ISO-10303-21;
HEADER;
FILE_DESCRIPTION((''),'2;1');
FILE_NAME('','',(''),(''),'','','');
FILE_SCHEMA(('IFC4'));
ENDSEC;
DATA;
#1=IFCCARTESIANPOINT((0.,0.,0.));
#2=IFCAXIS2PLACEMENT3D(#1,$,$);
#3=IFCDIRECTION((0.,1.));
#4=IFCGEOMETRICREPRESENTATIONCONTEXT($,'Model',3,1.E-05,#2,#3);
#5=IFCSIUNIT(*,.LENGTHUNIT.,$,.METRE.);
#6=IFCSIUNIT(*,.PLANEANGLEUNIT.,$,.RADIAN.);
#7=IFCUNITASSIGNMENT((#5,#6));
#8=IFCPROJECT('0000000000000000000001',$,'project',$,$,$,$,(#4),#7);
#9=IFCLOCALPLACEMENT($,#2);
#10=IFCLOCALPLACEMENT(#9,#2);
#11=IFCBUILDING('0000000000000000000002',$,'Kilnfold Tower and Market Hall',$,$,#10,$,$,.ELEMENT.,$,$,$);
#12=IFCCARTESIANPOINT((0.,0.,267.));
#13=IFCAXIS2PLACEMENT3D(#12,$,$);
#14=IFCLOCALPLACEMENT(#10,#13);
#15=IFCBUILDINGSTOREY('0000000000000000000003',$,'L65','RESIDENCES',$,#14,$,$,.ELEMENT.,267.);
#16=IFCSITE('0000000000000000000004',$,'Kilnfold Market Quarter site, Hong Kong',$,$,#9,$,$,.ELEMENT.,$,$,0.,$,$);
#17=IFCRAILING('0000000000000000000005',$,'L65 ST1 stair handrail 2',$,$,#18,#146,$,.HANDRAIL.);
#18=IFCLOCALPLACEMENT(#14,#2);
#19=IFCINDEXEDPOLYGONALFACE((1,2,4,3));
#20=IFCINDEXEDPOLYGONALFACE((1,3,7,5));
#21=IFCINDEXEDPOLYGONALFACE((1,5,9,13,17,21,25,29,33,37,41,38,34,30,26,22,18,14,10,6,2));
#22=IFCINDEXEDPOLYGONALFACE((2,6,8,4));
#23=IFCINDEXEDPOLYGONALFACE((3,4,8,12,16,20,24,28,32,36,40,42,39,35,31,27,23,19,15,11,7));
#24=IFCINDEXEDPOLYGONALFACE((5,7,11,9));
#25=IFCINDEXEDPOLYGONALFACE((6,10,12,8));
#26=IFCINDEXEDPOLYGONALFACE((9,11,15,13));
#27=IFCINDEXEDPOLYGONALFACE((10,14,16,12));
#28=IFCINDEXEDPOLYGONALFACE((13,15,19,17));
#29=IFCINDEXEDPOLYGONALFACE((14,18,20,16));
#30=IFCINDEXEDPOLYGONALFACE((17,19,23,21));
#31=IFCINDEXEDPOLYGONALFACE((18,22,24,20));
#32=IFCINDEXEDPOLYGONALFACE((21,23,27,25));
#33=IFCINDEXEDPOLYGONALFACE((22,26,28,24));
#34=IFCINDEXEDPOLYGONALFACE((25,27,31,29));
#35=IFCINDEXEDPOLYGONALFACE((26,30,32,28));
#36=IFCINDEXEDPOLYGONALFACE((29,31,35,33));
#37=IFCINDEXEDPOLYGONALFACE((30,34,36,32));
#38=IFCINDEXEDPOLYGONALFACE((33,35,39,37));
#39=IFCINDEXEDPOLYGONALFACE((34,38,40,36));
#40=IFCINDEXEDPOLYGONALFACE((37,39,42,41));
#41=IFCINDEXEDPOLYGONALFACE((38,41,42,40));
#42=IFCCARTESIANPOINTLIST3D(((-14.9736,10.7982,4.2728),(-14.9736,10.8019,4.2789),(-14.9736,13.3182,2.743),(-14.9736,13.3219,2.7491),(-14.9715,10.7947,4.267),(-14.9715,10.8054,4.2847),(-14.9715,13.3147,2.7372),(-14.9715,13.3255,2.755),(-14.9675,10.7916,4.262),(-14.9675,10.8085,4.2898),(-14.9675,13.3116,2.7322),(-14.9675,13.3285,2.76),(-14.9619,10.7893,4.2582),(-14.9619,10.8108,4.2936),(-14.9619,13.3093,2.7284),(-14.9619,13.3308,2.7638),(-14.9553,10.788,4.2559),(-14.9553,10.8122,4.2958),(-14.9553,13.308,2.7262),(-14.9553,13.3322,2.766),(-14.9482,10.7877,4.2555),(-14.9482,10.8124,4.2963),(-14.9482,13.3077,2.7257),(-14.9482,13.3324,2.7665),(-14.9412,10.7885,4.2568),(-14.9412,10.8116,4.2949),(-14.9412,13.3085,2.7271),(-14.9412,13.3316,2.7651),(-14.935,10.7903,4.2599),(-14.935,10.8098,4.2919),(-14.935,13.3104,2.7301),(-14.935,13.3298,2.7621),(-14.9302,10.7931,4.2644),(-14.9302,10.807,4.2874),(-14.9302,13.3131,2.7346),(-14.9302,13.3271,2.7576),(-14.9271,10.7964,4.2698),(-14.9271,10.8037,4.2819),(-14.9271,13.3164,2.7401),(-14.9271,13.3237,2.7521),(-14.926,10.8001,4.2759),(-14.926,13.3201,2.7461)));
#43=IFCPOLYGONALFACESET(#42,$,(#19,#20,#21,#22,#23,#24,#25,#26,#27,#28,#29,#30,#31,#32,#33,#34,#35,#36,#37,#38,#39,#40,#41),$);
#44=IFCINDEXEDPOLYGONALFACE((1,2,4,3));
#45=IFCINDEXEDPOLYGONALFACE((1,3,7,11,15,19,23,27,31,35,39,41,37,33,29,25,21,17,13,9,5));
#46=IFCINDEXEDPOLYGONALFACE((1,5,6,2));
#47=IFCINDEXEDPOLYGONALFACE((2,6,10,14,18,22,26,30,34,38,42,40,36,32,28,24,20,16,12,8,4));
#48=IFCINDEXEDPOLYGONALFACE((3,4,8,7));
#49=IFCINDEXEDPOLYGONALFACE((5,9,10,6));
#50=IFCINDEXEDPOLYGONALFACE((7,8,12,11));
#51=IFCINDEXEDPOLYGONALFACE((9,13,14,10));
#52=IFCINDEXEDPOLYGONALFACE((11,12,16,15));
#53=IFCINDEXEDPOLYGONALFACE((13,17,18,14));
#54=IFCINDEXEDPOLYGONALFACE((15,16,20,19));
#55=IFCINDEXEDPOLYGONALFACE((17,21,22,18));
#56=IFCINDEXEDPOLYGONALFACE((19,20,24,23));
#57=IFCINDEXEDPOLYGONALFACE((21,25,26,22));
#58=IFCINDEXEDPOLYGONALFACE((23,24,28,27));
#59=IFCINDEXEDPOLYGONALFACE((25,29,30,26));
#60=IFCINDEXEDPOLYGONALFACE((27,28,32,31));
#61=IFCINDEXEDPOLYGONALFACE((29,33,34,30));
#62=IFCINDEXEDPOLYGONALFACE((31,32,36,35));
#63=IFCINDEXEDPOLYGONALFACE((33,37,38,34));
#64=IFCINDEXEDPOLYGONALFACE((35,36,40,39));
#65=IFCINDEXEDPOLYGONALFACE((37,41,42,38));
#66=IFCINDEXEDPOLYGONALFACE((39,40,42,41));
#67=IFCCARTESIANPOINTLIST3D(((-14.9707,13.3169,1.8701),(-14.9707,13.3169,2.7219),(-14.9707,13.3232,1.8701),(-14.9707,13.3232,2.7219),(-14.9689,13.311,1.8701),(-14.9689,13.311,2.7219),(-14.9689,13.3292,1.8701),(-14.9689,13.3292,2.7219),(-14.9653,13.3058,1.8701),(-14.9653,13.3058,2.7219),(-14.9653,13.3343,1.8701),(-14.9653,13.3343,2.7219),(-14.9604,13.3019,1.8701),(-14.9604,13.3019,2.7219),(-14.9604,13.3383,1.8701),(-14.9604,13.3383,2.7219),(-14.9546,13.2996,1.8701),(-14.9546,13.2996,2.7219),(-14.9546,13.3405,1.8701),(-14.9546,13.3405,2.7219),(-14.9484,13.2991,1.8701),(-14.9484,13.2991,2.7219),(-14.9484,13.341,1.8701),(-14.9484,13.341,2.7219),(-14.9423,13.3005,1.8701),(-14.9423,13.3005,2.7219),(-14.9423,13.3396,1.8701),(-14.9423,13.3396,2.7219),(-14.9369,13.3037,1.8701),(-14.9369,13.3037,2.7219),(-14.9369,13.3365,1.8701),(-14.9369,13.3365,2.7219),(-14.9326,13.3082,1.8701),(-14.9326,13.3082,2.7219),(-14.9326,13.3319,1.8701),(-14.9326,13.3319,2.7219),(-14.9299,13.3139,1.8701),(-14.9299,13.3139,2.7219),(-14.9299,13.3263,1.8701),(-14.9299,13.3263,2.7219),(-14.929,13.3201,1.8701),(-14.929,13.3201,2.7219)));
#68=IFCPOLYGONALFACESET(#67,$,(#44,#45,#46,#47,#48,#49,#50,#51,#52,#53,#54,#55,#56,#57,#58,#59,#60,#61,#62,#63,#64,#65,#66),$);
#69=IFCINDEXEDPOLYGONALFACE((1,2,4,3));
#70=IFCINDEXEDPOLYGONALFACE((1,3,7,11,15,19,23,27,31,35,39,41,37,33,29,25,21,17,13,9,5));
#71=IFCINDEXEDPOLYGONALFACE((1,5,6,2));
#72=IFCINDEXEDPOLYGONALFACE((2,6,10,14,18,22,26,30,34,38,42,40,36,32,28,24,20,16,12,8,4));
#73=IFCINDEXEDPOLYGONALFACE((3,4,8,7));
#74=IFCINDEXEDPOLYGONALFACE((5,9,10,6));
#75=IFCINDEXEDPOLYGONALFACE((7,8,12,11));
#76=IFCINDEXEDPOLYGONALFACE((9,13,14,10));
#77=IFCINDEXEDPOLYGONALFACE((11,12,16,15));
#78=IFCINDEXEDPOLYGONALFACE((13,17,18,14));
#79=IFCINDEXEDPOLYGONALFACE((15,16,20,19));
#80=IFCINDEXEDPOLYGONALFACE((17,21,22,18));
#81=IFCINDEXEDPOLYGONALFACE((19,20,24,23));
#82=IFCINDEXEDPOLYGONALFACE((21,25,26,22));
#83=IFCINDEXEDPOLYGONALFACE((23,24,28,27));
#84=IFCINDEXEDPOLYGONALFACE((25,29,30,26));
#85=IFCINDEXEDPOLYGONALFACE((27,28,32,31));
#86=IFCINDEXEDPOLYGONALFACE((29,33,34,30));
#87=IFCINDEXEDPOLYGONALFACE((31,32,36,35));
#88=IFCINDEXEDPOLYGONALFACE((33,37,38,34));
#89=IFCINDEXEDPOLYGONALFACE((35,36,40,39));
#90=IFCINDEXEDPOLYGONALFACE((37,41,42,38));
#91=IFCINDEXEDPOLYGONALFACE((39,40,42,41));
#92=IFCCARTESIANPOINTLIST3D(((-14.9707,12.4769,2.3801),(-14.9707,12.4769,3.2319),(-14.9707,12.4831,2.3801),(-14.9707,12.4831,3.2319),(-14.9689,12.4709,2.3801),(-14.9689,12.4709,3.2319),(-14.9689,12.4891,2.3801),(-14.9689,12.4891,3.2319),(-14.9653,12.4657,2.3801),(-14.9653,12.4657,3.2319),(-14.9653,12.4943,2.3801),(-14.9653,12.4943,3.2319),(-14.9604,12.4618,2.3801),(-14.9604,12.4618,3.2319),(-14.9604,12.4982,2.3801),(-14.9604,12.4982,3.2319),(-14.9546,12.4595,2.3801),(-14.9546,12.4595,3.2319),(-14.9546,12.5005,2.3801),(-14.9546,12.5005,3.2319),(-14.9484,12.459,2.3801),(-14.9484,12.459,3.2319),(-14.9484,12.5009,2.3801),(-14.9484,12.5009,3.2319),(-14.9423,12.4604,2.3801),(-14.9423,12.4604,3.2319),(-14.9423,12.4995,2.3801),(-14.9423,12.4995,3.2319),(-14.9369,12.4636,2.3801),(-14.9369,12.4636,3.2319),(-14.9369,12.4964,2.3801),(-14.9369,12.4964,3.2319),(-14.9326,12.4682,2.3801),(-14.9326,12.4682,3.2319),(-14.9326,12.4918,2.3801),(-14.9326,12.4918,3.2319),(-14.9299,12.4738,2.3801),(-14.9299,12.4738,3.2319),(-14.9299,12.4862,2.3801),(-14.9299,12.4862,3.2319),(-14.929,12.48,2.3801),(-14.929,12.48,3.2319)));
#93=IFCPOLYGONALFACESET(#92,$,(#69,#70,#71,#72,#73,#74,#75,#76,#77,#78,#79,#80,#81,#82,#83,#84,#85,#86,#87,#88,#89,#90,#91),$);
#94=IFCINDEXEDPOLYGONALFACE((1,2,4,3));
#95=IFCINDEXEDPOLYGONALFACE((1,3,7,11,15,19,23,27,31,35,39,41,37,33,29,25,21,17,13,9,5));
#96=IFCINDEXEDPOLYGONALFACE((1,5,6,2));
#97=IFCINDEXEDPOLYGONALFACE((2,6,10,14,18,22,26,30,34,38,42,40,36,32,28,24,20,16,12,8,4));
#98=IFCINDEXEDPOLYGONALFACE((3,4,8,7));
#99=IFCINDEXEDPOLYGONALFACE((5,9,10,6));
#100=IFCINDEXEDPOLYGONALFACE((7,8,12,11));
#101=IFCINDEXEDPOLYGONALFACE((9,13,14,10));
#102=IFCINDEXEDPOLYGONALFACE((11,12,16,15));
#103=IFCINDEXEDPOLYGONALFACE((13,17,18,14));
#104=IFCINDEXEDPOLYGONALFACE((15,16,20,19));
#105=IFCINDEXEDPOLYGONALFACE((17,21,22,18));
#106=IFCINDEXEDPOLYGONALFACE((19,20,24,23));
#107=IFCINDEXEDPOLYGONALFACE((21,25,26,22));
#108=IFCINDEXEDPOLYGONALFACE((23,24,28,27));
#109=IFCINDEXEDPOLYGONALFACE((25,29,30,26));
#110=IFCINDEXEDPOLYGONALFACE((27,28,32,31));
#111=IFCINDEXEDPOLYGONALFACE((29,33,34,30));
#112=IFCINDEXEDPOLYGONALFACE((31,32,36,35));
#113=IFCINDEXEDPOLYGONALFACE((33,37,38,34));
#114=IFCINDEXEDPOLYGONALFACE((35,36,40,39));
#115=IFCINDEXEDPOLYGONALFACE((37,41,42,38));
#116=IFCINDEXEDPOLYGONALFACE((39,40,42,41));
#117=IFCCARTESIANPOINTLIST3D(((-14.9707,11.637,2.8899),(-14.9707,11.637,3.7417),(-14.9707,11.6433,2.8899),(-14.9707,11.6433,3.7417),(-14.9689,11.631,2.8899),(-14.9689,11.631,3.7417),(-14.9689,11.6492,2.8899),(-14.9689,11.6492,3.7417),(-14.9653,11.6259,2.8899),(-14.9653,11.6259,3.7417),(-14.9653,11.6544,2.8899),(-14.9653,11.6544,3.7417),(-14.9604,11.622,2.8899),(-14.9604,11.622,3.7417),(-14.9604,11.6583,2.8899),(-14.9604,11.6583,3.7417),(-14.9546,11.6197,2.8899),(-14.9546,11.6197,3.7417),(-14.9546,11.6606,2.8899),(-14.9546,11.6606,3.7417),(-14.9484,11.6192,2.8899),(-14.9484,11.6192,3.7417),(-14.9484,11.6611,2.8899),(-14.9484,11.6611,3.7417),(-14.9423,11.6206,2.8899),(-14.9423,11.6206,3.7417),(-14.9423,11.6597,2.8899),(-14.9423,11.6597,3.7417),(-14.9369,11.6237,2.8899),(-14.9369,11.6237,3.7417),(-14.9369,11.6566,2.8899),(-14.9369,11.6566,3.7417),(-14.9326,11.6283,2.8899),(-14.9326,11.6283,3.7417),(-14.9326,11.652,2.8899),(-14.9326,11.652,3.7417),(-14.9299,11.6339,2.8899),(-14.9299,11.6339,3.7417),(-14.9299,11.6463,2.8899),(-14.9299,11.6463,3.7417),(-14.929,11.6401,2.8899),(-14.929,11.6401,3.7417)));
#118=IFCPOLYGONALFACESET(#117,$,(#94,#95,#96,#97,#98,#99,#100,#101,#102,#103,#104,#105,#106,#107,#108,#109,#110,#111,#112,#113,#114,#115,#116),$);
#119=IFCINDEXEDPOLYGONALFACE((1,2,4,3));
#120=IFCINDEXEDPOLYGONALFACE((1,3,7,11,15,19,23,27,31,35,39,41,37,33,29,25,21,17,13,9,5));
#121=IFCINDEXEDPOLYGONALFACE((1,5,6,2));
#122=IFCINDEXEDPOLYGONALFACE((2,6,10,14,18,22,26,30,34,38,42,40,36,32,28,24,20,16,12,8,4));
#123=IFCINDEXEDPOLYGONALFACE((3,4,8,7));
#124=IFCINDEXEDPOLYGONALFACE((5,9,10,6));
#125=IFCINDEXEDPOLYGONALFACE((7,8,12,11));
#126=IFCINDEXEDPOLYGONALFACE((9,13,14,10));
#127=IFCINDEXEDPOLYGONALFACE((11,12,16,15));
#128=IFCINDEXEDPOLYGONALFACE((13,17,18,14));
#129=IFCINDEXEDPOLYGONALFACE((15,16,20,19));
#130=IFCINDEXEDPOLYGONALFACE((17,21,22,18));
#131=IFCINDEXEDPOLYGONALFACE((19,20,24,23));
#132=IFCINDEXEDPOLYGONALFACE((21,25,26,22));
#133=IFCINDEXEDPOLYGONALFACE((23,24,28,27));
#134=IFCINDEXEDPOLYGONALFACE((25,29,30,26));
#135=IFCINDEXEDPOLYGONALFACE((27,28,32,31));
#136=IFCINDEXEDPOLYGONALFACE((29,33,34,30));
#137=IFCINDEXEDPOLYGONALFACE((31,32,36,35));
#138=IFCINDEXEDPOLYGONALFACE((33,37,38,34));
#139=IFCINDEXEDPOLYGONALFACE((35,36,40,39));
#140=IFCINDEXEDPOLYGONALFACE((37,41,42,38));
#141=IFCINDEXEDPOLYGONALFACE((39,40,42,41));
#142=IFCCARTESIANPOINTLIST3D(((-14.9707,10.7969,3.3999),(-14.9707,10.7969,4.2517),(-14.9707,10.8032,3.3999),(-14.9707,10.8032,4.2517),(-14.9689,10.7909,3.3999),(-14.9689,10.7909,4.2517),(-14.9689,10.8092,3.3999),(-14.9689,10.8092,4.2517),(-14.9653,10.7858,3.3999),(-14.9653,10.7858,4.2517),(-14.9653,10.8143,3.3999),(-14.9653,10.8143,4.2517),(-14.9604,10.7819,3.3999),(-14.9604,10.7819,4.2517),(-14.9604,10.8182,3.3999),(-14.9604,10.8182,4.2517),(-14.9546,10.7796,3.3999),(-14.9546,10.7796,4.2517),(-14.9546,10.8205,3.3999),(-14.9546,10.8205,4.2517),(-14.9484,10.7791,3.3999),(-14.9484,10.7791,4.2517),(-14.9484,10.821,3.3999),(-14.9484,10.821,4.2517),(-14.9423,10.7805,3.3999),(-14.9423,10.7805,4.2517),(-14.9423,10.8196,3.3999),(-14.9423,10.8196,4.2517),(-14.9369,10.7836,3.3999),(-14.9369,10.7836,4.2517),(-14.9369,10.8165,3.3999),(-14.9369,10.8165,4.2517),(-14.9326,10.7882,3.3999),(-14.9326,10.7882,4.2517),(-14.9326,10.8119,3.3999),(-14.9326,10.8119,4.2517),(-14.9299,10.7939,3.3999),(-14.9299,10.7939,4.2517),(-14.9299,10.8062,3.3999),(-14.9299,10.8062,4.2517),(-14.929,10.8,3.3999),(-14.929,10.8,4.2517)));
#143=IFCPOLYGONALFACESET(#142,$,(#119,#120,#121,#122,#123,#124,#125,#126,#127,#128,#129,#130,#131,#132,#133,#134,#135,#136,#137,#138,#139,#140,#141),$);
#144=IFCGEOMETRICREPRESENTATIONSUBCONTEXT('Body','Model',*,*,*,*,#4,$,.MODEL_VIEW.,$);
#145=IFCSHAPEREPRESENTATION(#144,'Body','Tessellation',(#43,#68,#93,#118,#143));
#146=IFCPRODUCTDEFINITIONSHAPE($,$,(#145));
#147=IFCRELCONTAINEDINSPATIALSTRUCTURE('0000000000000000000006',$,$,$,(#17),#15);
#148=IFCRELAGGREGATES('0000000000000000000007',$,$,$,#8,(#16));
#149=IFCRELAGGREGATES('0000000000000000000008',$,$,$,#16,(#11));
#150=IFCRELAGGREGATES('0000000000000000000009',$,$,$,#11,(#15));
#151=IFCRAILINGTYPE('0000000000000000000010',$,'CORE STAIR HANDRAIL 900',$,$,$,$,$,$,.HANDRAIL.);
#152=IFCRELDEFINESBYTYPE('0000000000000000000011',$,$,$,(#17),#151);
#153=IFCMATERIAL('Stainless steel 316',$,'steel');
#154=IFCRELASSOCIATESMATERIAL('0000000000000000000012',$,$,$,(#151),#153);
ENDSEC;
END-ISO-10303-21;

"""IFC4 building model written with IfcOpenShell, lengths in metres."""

from ifc_helpers import new_model, si_unit, direction, frame, origin, origin_2d, place, context, subcontext, project, spatial, circle, extrude, material, type_object, element, save


model = new_model("IFC4")

# Units and contexts
model_context = context("Model", 3, precision=1e-05, world=origin(), true_north=direction((0.0, 1.0)))
body_context = subcontext(model_context, "Body", "Model", "MODEL_VIEW")
ifc_project = project(units=[si_unit("LENGTHUNIT", "METRE"), si_unit("PLANEANGLEUNIT", "RADIAN")], contexts=[model_context])

# Site, building, storey
site_placement = place(None, origin())
site = spatial("IfcSite", under=ifc_project, at=site_placement, Name="Kilnfold Market Quarter site, Hong Kong", CompositionType="ELEMENT", RefElevation=0.0)
building_placement = place(site_placement, origin())
building = spatial("IfcBuilding", under=site, at=building_placement, Name="Kilnfold Tower and Market Hall", CompositionType="ELEMENT")
storey_placement = place(building_placement, frame((0.0, 0.0, 267.0)))
storey = spatial("IfcBuildingStorey", under=building, at=storey_placement, Name="L65", Description="RESIDENCES", CompositionType="ELEMENT", Elevation=267.0)

# Railing
ifc_material_1 = material(Name="Stainless steel 316", Category="steel")
railing_type = type_object("IfcRailingType", Name="CORE STAIR HANDRAIL 900", PredefinedType="HANDRAIL", material=ifc_material_1)
railing_placement = place(storey_placement, frame((-14.95, 13.3201, 1.8701)))
element("IfcRailing", 1, at=railing_placement, inside=storey, type_object=railing_type, Name="L65 ST1 stair handrail 2", PredefinedType="HANDRAIL", context=body_context, shape_type="SweptSolid", body=[
    extrude(circle(Radius=0.0239, at=origin_2d()), frame((0.0, 0.0, 0.876), z_axis=(0.0, -0.854822, 0.518922), x_axis=(1.0, 0.0, 0.0)), (0.0, 0.0, 1.0), 2.948),
    extrude(circle(Radius=0.021, at=origin_2d()), origin(), (0.0, 0.0, 1.0), 0.8518),
    extrude(circle(Radius=0.021, at=origin_2d()), frame((0.0, -0.8401, 0.51)), (0.0, 0.0, 1.0), 0.8518),
    extrude(circle(Radius=0.021, at=origin_2d()), frame((0.0, -1.6799, 1.0198)), (0.0, 0.0, 1.0), 0.8518),
    extrude(circle(Radius=0.021, at=origin_2d()), frame((0.0, -2.52, 1.5298)), (0.0, 0.0, 1.0), 0.8518),
])

save(model, "model.ifc")
